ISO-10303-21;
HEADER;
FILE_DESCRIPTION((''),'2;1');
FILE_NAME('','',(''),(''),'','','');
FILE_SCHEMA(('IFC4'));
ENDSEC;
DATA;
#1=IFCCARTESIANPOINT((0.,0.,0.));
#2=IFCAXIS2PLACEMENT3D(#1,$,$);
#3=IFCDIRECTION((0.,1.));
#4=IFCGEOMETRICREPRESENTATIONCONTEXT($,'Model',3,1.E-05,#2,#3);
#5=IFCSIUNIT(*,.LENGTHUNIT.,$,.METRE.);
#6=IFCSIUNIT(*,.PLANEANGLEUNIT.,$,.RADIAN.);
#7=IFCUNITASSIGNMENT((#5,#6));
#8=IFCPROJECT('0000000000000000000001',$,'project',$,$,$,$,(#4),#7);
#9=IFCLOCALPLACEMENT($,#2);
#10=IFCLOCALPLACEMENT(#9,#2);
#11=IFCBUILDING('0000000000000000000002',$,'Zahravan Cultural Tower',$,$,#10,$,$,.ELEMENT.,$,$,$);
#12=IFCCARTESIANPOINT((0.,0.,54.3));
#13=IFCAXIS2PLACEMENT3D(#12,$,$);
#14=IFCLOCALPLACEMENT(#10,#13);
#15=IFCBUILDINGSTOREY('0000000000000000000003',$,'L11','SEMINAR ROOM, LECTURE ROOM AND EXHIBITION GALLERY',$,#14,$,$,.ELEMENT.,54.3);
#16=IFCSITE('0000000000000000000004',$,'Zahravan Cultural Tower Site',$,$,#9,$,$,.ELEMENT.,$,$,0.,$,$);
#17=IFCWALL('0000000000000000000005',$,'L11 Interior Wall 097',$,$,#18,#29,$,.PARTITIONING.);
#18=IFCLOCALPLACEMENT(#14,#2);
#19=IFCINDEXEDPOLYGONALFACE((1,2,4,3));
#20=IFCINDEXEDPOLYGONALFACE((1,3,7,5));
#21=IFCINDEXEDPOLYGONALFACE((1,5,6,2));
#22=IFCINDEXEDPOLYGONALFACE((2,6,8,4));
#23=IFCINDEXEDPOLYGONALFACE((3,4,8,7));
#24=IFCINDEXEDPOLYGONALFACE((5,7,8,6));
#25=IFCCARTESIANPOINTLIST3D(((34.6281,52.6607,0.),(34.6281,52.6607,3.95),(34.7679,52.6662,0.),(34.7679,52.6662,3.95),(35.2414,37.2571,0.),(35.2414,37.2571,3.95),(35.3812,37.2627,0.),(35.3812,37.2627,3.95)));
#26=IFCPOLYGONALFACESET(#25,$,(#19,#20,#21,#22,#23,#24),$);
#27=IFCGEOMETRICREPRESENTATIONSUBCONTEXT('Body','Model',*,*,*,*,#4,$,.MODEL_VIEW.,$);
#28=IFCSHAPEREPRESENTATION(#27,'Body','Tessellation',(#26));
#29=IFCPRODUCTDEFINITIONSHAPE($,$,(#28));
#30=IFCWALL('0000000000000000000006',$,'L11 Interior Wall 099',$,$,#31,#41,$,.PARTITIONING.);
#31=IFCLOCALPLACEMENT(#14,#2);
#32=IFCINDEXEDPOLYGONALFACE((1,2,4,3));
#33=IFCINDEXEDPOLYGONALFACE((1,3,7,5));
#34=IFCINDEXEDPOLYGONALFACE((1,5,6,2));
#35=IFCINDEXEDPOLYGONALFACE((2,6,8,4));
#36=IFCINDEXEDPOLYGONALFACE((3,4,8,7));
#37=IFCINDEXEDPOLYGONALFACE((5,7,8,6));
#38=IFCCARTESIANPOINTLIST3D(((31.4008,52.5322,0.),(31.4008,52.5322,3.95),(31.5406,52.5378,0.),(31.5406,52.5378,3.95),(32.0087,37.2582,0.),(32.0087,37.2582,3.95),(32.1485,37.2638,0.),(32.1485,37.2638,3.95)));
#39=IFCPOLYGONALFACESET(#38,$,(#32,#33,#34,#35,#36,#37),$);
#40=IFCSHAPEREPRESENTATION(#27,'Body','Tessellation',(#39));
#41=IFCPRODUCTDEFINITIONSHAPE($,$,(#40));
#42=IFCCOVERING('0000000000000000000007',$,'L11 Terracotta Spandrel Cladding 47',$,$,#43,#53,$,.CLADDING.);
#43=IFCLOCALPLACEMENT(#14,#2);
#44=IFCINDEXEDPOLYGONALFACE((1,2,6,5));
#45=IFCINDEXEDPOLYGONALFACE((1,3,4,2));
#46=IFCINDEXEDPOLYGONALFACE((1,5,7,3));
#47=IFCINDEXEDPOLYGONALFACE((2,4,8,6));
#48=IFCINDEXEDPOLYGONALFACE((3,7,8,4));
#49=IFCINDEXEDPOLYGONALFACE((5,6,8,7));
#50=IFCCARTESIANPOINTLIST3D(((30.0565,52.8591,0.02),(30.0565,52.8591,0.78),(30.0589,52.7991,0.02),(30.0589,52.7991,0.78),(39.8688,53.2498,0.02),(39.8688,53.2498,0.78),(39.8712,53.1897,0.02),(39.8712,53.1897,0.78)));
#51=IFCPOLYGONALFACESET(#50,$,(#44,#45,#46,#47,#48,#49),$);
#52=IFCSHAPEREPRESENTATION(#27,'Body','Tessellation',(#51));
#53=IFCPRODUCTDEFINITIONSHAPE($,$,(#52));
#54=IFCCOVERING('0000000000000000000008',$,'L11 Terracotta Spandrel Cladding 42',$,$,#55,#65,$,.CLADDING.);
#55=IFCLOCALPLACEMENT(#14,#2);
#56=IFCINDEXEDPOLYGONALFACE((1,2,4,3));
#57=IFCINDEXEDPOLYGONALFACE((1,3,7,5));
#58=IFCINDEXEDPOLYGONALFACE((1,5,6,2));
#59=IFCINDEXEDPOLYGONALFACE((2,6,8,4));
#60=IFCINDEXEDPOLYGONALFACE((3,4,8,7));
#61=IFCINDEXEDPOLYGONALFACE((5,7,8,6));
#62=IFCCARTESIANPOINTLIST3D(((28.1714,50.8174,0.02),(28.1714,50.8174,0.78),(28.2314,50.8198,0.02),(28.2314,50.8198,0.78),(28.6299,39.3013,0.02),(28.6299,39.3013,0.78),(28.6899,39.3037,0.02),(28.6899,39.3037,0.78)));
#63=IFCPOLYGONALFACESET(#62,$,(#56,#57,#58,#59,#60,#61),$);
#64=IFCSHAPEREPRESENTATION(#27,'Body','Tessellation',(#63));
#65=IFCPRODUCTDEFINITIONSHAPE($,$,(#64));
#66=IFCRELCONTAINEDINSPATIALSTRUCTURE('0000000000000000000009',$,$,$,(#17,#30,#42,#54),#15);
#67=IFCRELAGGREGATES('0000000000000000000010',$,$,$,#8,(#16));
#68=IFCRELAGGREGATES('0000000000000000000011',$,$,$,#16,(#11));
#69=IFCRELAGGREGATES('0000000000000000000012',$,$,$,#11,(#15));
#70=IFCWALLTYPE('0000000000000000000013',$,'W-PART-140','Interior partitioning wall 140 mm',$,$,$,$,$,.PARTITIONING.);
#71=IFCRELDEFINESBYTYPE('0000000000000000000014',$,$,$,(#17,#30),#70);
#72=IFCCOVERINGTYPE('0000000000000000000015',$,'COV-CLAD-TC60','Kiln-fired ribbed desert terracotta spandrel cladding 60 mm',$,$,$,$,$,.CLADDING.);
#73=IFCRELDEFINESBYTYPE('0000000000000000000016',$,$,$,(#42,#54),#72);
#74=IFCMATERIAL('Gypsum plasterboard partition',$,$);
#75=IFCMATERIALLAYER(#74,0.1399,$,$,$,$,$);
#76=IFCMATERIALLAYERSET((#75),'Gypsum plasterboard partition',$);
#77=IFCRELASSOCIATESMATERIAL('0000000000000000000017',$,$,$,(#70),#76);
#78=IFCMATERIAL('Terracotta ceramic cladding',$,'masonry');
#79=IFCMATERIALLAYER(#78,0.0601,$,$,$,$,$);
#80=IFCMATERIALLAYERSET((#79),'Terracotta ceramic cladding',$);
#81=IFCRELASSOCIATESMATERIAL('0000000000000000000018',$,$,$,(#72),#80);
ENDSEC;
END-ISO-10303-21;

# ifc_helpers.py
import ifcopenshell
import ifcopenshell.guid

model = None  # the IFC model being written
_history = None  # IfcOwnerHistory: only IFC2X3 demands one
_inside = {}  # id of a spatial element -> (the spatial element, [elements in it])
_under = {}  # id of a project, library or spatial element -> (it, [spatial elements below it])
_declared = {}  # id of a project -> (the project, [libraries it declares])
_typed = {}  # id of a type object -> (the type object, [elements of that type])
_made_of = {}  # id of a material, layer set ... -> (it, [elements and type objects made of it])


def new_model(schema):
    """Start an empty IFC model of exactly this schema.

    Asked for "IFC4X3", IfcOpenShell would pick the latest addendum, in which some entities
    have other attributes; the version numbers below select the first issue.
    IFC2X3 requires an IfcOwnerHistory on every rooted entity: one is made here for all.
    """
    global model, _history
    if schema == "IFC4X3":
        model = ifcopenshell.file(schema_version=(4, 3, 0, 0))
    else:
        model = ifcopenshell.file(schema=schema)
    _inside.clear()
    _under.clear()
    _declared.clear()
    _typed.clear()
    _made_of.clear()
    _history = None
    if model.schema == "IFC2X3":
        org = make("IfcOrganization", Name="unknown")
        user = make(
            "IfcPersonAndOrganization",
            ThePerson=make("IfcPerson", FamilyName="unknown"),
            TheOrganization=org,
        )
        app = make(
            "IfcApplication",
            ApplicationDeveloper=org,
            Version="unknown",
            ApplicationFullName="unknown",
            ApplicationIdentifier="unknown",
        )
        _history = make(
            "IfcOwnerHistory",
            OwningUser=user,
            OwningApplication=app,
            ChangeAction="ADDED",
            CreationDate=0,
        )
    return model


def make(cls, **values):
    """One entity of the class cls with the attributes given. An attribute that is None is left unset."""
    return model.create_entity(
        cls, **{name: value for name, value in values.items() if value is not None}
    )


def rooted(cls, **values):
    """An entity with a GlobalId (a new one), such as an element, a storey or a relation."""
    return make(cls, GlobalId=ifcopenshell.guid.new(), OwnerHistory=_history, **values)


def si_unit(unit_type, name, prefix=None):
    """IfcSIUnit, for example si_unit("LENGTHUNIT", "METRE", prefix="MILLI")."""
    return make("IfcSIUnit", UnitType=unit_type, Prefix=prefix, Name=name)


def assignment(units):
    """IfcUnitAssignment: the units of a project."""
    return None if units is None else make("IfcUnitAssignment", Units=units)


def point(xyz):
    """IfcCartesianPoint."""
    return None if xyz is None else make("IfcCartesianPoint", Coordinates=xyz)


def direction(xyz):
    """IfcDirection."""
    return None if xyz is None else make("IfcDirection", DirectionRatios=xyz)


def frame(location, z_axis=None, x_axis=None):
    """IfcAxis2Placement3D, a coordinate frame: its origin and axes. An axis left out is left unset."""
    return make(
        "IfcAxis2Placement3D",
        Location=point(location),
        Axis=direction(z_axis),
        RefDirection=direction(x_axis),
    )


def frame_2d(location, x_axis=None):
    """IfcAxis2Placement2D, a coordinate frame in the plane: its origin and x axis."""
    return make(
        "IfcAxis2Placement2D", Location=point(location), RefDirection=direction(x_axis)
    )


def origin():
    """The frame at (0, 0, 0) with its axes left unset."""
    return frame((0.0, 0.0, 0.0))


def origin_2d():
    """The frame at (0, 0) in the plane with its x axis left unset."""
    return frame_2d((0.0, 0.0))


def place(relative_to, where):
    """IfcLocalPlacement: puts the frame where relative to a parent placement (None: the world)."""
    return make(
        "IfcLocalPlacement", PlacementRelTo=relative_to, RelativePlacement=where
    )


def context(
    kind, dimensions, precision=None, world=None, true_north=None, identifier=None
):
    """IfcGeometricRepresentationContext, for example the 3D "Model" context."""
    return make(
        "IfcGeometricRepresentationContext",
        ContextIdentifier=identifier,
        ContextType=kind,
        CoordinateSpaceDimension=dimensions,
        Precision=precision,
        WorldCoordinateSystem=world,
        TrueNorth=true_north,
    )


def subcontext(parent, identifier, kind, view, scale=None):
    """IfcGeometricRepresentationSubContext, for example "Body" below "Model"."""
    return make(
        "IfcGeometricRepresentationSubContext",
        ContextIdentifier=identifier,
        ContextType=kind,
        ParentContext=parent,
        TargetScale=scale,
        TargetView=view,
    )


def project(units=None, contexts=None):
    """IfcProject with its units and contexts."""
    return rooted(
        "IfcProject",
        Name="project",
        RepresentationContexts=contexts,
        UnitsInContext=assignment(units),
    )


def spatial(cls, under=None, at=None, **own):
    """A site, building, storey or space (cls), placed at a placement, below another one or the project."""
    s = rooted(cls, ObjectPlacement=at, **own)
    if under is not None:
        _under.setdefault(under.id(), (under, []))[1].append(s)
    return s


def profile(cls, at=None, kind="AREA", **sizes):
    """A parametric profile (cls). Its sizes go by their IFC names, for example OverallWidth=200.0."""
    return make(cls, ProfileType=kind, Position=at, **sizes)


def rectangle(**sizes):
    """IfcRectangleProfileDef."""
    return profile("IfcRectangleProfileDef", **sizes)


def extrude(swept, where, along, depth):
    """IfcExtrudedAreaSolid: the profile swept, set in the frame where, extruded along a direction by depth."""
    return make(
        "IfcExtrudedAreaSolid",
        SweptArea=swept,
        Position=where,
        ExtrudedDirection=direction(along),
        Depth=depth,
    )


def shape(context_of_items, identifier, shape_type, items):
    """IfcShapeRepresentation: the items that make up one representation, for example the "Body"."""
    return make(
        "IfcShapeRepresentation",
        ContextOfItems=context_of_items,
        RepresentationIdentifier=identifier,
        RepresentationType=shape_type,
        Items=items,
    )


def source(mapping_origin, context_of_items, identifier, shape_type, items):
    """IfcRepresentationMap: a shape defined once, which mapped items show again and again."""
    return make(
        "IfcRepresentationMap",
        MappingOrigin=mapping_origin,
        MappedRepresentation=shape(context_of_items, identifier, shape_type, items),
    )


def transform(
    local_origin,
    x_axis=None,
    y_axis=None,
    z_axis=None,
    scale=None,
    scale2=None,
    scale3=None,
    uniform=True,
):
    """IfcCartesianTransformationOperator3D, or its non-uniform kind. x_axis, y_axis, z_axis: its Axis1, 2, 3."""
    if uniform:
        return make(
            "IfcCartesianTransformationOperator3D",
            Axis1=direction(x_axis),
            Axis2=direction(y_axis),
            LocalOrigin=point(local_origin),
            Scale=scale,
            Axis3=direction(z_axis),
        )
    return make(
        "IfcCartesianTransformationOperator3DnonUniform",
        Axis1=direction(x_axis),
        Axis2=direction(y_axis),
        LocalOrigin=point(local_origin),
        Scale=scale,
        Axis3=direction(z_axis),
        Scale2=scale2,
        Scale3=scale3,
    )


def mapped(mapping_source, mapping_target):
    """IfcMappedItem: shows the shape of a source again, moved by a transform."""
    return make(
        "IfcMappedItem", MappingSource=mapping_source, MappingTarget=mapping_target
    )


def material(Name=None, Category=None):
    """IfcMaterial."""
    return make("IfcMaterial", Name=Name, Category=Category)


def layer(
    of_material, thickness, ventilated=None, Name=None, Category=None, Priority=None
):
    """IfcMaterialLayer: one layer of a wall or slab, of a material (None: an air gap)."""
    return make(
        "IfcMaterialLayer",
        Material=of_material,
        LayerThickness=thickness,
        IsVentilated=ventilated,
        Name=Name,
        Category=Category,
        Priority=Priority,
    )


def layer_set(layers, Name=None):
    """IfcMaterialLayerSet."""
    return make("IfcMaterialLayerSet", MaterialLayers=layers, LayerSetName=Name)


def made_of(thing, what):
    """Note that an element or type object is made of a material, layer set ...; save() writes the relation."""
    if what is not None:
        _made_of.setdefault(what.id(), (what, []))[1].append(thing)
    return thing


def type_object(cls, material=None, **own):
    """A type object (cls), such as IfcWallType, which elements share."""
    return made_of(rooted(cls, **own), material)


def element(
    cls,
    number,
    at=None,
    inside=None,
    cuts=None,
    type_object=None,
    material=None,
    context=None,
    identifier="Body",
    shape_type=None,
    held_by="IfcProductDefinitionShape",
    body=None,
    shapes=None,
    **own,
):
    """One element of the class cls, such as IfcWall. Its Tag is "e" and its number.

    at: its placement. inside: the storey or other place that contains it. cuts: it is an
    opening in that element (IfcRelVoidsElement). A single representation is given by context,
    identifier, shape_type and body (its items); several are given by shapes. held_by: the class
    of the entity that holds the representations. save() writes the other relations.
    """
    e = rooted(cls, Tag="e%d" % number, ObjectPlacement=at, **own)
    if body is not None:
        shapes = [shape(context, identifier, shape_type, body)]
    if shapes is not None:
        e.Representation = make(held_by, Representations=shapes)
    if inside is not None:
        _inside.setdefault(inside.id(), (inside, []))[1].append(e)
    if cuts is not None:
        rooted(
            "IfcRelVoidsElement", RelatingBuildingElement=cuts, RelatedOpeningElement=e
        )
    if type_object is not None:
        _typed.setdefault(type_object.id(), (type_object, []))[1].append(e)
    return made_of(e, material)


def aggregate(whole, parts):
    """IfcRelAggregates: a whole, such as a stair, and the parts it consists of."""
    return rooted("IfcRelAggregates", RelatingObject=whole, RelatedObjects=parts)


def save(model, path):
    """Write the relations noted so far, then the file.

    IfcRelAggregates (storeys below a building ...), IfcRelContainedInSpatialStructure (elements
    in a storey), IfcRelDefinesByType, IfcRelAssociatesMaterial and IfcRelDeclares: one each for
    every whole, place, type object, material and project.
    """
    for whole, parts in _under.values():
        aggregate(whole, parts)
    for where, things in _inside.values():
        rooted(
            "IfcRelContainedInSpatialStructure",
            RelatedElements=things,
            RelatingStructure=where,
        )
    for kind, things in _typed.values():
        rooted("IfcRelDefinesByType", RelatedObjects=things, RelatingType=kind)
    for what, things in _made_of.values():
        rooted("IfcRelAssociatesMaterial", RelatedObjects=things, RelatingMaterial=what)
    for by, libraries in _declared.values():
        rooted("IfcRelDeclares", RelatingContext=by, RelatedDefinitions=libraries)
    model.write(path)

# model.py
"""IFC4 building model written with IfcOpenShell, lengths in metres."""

from ifc_helpers import new_model, si_unit, direction, frame, frame_2d, origin, origin_2d, place, context, subcontext, project, spatial, rectangle, extrude, source, transform, mapped, material, layer, layer_set, type_object, element, save


model = new_model("IFC4")

# Units and contexts
model_context = context("Model", 3, precision=1e-05, world=origin(), true_north=direction((0.0, 1.0)))
body_context = subcontext(model_context, "Body", "Model", "MODEL_VIEW")
ifc_project = project(units=[si_unit("LENGTHUNIT", "METRE"), si_unit("PLANEANGLEUNIT", "RADIAN")], contexts=[model_context])

# Site, building, storey
site_placement = place(None, origin())
site = spatial("IfcSite", under=ifc_project, at=site_placement, Name="Zahravan Cultural Tower Site", CompositionType="ELEMENT", RefElevation=0.0)
building_placement = place(site_placement, origin())
building = spatial("IfcBuilding", under=site, at=building_placement, Name="Zahravan Cultural Tower", CompositionType="ELEMENT")
storey_placement = place(building_placement, frame((0.0, 0.0, 54.3)))
storey = spatial("IfcBuildingStorey", under=building, at=storey_placement, Name="L11", Description="SEMINAR ROOM, LECTURE ROOM AND EXHIBITION GALLERY", CompositionType="ELEMENT", Elevation=54.3)

# Shared definitions
ifc_material_1 = material(Name="Gypsum plasterboard partition")
ifc_layer_1 = layer(ifc_material_1, 0.1399)
ifc_layer_set_1 = layer_set([ifc_layer_1], Name="Gypsum plasterboard partition")
wall_type_1 = type_object("IfcWallType", Name="W-PART-140", Description="Interior partitioning wall 140 mm", PredefinedType="PARTITIONING", material=ifc_layer_set_1)

# Walls
shared_shape_1 = source(origin(), body_context, "Body", "SweptSolid", [
    extrude(rectangle(XDim=15.4158, YDim=0.1399, at=frame_2d((7.708, 0.0))), origin(), (0.0, 0.0, 1.0), 3.95),
])
wall_1_placement = place(storey_placement, frame((34.698, 52.6636, 0.0), z_axis=(0.0, 0.0, 1.0), x_axis=(0.039783, -0.999208, 0.0)))
element("IfcWall", 1, at=wall_1_placement, inside=storey, type_object=wall_type_1, Name="L11 Interior Wall 097", PredefinedType="PARTITIONING", context=body_context, shape_type="MappedRepresentation", body=[
    mapped(shared_shape_1, transform((0.0, 0.0, 0.0), x_axis=(1.0, 0.0, 0.0), y_axis=(0.0, 1.0, 0.0), z_axis=(0.0, 0.0, 1.0), scale=1.0)),
])
shared_shape_2 = source(origin(), body_context, "Body", "SweptSolid", [
    extrude(rectangle(XDim=15.2861, YDim=0.1399, at=frame_2d((7.6431, 0.0))), origin(), (0.0, 0.0, 1.0), 3.95),
])
wall_2_placement = place(storey_placement, frame((32.0786, 37.261, 0.0), z_axis=(0.0, 0.0, 1.0), x_axis=(-0.039769, 0.999209, 0.0)))
element("IfcWall", 2, at=wall_2_placement, inside=storey, type_object=wall_type_1, Name="L11 Interior Wall 099", PredefinedType="PARTITIONING", context=body_context, shape_type="MappedRepresentation", body=[
    mapped(shared_shape_2, transform((0.0, 0.0, 0.0), x_axis=(1.0, 0.0, 0.0), y_axis=(0.0, 1.0, 0.0), z_axis=(0.0, 0.0, 1.0), scale=1.0)),
])

# Coverings
ifc_material_2 = material(Name="Terracotta ceramic cladding", Category="masonry")
ifc_layer_2 = layer(ifc_material_2, 0.0601)
ifc_layer_set_2 = layer_set([ifc_layer_2], Name="Terracotta ceramic cladding")
covering_type = type_object("IfcCoveringType", Name="COV-CLAD-TC60", Description="Kiln-fired ribbed desert terracotta spandrel cladding 60 mm", PredefinedType="CLADDING", material=ifc_layer_set_2)
shared_shape_3 = source(origin(), body_context, "Body", "SweptSolid", [
    extrude(rectangle(XDim=9.8201, YDim=0.0601, at=origin_2d()), origin(), (0.0, 0.0, 1.0), 0.76),
])
covering_1_placement = place(storey_placement, frame((34.9639, 53.0244, 0.02), z_axis=(0.0, 0.0, 1.0), x_axis=(0.999208, 0.039783, 0.0)))
element("IfcCovering", 3, at=covering_1_placement, inside=storey, type_object=covering_type, Name="L11 Terracotta Spandrel Cladding 47", PredefinedType="CLADDING", context=body_context, shape_type="MappedRepresentation", body=[
    mapped(shared_shape_3, transform((0.0, 0.0, 0.0), x_axis=(1.0, 0.0, 0.0), y_axis=(0.0, 1.0, 0.0), z_axis=(0.0, 0.0, 1.0), scale=1.0)),
])
shared_shape_4 = source(origin(), body_context, "Body", "SweptSolid", [
    extrude(rectangle(XDim=11.5251, YDim=0.0601, at=origin_2d()), origin(), (0.0, 0.0, 1.0), 0.76),
])
covering_2_placement = place(storey_placement, frame((28.4307, 45.0605, 0.02), z_axis=(0.0, 0.0, 1.0), x_axis=(-0.039783, 0.999208, 0.0)))
element("IfcCovering", 4, at=covering_2_placement, inside=storey, type_object=covering_type, Name="L11 Terracotta Spandrel Cladding 42", PredefinedType="CLADDING", context=body_context, shape_type="MappedRepresentation", body=[
    mapped(shared_shape_4, transform((0.0, 0.0, 0.0), x_axis=(1.0, 0.0, 0.0), y_axis=(0.0, 1.0, 0.0), z_axis=(0.0, 0.0, 1.0), scale=1.0)),
])

save(model, "model.ifc")
